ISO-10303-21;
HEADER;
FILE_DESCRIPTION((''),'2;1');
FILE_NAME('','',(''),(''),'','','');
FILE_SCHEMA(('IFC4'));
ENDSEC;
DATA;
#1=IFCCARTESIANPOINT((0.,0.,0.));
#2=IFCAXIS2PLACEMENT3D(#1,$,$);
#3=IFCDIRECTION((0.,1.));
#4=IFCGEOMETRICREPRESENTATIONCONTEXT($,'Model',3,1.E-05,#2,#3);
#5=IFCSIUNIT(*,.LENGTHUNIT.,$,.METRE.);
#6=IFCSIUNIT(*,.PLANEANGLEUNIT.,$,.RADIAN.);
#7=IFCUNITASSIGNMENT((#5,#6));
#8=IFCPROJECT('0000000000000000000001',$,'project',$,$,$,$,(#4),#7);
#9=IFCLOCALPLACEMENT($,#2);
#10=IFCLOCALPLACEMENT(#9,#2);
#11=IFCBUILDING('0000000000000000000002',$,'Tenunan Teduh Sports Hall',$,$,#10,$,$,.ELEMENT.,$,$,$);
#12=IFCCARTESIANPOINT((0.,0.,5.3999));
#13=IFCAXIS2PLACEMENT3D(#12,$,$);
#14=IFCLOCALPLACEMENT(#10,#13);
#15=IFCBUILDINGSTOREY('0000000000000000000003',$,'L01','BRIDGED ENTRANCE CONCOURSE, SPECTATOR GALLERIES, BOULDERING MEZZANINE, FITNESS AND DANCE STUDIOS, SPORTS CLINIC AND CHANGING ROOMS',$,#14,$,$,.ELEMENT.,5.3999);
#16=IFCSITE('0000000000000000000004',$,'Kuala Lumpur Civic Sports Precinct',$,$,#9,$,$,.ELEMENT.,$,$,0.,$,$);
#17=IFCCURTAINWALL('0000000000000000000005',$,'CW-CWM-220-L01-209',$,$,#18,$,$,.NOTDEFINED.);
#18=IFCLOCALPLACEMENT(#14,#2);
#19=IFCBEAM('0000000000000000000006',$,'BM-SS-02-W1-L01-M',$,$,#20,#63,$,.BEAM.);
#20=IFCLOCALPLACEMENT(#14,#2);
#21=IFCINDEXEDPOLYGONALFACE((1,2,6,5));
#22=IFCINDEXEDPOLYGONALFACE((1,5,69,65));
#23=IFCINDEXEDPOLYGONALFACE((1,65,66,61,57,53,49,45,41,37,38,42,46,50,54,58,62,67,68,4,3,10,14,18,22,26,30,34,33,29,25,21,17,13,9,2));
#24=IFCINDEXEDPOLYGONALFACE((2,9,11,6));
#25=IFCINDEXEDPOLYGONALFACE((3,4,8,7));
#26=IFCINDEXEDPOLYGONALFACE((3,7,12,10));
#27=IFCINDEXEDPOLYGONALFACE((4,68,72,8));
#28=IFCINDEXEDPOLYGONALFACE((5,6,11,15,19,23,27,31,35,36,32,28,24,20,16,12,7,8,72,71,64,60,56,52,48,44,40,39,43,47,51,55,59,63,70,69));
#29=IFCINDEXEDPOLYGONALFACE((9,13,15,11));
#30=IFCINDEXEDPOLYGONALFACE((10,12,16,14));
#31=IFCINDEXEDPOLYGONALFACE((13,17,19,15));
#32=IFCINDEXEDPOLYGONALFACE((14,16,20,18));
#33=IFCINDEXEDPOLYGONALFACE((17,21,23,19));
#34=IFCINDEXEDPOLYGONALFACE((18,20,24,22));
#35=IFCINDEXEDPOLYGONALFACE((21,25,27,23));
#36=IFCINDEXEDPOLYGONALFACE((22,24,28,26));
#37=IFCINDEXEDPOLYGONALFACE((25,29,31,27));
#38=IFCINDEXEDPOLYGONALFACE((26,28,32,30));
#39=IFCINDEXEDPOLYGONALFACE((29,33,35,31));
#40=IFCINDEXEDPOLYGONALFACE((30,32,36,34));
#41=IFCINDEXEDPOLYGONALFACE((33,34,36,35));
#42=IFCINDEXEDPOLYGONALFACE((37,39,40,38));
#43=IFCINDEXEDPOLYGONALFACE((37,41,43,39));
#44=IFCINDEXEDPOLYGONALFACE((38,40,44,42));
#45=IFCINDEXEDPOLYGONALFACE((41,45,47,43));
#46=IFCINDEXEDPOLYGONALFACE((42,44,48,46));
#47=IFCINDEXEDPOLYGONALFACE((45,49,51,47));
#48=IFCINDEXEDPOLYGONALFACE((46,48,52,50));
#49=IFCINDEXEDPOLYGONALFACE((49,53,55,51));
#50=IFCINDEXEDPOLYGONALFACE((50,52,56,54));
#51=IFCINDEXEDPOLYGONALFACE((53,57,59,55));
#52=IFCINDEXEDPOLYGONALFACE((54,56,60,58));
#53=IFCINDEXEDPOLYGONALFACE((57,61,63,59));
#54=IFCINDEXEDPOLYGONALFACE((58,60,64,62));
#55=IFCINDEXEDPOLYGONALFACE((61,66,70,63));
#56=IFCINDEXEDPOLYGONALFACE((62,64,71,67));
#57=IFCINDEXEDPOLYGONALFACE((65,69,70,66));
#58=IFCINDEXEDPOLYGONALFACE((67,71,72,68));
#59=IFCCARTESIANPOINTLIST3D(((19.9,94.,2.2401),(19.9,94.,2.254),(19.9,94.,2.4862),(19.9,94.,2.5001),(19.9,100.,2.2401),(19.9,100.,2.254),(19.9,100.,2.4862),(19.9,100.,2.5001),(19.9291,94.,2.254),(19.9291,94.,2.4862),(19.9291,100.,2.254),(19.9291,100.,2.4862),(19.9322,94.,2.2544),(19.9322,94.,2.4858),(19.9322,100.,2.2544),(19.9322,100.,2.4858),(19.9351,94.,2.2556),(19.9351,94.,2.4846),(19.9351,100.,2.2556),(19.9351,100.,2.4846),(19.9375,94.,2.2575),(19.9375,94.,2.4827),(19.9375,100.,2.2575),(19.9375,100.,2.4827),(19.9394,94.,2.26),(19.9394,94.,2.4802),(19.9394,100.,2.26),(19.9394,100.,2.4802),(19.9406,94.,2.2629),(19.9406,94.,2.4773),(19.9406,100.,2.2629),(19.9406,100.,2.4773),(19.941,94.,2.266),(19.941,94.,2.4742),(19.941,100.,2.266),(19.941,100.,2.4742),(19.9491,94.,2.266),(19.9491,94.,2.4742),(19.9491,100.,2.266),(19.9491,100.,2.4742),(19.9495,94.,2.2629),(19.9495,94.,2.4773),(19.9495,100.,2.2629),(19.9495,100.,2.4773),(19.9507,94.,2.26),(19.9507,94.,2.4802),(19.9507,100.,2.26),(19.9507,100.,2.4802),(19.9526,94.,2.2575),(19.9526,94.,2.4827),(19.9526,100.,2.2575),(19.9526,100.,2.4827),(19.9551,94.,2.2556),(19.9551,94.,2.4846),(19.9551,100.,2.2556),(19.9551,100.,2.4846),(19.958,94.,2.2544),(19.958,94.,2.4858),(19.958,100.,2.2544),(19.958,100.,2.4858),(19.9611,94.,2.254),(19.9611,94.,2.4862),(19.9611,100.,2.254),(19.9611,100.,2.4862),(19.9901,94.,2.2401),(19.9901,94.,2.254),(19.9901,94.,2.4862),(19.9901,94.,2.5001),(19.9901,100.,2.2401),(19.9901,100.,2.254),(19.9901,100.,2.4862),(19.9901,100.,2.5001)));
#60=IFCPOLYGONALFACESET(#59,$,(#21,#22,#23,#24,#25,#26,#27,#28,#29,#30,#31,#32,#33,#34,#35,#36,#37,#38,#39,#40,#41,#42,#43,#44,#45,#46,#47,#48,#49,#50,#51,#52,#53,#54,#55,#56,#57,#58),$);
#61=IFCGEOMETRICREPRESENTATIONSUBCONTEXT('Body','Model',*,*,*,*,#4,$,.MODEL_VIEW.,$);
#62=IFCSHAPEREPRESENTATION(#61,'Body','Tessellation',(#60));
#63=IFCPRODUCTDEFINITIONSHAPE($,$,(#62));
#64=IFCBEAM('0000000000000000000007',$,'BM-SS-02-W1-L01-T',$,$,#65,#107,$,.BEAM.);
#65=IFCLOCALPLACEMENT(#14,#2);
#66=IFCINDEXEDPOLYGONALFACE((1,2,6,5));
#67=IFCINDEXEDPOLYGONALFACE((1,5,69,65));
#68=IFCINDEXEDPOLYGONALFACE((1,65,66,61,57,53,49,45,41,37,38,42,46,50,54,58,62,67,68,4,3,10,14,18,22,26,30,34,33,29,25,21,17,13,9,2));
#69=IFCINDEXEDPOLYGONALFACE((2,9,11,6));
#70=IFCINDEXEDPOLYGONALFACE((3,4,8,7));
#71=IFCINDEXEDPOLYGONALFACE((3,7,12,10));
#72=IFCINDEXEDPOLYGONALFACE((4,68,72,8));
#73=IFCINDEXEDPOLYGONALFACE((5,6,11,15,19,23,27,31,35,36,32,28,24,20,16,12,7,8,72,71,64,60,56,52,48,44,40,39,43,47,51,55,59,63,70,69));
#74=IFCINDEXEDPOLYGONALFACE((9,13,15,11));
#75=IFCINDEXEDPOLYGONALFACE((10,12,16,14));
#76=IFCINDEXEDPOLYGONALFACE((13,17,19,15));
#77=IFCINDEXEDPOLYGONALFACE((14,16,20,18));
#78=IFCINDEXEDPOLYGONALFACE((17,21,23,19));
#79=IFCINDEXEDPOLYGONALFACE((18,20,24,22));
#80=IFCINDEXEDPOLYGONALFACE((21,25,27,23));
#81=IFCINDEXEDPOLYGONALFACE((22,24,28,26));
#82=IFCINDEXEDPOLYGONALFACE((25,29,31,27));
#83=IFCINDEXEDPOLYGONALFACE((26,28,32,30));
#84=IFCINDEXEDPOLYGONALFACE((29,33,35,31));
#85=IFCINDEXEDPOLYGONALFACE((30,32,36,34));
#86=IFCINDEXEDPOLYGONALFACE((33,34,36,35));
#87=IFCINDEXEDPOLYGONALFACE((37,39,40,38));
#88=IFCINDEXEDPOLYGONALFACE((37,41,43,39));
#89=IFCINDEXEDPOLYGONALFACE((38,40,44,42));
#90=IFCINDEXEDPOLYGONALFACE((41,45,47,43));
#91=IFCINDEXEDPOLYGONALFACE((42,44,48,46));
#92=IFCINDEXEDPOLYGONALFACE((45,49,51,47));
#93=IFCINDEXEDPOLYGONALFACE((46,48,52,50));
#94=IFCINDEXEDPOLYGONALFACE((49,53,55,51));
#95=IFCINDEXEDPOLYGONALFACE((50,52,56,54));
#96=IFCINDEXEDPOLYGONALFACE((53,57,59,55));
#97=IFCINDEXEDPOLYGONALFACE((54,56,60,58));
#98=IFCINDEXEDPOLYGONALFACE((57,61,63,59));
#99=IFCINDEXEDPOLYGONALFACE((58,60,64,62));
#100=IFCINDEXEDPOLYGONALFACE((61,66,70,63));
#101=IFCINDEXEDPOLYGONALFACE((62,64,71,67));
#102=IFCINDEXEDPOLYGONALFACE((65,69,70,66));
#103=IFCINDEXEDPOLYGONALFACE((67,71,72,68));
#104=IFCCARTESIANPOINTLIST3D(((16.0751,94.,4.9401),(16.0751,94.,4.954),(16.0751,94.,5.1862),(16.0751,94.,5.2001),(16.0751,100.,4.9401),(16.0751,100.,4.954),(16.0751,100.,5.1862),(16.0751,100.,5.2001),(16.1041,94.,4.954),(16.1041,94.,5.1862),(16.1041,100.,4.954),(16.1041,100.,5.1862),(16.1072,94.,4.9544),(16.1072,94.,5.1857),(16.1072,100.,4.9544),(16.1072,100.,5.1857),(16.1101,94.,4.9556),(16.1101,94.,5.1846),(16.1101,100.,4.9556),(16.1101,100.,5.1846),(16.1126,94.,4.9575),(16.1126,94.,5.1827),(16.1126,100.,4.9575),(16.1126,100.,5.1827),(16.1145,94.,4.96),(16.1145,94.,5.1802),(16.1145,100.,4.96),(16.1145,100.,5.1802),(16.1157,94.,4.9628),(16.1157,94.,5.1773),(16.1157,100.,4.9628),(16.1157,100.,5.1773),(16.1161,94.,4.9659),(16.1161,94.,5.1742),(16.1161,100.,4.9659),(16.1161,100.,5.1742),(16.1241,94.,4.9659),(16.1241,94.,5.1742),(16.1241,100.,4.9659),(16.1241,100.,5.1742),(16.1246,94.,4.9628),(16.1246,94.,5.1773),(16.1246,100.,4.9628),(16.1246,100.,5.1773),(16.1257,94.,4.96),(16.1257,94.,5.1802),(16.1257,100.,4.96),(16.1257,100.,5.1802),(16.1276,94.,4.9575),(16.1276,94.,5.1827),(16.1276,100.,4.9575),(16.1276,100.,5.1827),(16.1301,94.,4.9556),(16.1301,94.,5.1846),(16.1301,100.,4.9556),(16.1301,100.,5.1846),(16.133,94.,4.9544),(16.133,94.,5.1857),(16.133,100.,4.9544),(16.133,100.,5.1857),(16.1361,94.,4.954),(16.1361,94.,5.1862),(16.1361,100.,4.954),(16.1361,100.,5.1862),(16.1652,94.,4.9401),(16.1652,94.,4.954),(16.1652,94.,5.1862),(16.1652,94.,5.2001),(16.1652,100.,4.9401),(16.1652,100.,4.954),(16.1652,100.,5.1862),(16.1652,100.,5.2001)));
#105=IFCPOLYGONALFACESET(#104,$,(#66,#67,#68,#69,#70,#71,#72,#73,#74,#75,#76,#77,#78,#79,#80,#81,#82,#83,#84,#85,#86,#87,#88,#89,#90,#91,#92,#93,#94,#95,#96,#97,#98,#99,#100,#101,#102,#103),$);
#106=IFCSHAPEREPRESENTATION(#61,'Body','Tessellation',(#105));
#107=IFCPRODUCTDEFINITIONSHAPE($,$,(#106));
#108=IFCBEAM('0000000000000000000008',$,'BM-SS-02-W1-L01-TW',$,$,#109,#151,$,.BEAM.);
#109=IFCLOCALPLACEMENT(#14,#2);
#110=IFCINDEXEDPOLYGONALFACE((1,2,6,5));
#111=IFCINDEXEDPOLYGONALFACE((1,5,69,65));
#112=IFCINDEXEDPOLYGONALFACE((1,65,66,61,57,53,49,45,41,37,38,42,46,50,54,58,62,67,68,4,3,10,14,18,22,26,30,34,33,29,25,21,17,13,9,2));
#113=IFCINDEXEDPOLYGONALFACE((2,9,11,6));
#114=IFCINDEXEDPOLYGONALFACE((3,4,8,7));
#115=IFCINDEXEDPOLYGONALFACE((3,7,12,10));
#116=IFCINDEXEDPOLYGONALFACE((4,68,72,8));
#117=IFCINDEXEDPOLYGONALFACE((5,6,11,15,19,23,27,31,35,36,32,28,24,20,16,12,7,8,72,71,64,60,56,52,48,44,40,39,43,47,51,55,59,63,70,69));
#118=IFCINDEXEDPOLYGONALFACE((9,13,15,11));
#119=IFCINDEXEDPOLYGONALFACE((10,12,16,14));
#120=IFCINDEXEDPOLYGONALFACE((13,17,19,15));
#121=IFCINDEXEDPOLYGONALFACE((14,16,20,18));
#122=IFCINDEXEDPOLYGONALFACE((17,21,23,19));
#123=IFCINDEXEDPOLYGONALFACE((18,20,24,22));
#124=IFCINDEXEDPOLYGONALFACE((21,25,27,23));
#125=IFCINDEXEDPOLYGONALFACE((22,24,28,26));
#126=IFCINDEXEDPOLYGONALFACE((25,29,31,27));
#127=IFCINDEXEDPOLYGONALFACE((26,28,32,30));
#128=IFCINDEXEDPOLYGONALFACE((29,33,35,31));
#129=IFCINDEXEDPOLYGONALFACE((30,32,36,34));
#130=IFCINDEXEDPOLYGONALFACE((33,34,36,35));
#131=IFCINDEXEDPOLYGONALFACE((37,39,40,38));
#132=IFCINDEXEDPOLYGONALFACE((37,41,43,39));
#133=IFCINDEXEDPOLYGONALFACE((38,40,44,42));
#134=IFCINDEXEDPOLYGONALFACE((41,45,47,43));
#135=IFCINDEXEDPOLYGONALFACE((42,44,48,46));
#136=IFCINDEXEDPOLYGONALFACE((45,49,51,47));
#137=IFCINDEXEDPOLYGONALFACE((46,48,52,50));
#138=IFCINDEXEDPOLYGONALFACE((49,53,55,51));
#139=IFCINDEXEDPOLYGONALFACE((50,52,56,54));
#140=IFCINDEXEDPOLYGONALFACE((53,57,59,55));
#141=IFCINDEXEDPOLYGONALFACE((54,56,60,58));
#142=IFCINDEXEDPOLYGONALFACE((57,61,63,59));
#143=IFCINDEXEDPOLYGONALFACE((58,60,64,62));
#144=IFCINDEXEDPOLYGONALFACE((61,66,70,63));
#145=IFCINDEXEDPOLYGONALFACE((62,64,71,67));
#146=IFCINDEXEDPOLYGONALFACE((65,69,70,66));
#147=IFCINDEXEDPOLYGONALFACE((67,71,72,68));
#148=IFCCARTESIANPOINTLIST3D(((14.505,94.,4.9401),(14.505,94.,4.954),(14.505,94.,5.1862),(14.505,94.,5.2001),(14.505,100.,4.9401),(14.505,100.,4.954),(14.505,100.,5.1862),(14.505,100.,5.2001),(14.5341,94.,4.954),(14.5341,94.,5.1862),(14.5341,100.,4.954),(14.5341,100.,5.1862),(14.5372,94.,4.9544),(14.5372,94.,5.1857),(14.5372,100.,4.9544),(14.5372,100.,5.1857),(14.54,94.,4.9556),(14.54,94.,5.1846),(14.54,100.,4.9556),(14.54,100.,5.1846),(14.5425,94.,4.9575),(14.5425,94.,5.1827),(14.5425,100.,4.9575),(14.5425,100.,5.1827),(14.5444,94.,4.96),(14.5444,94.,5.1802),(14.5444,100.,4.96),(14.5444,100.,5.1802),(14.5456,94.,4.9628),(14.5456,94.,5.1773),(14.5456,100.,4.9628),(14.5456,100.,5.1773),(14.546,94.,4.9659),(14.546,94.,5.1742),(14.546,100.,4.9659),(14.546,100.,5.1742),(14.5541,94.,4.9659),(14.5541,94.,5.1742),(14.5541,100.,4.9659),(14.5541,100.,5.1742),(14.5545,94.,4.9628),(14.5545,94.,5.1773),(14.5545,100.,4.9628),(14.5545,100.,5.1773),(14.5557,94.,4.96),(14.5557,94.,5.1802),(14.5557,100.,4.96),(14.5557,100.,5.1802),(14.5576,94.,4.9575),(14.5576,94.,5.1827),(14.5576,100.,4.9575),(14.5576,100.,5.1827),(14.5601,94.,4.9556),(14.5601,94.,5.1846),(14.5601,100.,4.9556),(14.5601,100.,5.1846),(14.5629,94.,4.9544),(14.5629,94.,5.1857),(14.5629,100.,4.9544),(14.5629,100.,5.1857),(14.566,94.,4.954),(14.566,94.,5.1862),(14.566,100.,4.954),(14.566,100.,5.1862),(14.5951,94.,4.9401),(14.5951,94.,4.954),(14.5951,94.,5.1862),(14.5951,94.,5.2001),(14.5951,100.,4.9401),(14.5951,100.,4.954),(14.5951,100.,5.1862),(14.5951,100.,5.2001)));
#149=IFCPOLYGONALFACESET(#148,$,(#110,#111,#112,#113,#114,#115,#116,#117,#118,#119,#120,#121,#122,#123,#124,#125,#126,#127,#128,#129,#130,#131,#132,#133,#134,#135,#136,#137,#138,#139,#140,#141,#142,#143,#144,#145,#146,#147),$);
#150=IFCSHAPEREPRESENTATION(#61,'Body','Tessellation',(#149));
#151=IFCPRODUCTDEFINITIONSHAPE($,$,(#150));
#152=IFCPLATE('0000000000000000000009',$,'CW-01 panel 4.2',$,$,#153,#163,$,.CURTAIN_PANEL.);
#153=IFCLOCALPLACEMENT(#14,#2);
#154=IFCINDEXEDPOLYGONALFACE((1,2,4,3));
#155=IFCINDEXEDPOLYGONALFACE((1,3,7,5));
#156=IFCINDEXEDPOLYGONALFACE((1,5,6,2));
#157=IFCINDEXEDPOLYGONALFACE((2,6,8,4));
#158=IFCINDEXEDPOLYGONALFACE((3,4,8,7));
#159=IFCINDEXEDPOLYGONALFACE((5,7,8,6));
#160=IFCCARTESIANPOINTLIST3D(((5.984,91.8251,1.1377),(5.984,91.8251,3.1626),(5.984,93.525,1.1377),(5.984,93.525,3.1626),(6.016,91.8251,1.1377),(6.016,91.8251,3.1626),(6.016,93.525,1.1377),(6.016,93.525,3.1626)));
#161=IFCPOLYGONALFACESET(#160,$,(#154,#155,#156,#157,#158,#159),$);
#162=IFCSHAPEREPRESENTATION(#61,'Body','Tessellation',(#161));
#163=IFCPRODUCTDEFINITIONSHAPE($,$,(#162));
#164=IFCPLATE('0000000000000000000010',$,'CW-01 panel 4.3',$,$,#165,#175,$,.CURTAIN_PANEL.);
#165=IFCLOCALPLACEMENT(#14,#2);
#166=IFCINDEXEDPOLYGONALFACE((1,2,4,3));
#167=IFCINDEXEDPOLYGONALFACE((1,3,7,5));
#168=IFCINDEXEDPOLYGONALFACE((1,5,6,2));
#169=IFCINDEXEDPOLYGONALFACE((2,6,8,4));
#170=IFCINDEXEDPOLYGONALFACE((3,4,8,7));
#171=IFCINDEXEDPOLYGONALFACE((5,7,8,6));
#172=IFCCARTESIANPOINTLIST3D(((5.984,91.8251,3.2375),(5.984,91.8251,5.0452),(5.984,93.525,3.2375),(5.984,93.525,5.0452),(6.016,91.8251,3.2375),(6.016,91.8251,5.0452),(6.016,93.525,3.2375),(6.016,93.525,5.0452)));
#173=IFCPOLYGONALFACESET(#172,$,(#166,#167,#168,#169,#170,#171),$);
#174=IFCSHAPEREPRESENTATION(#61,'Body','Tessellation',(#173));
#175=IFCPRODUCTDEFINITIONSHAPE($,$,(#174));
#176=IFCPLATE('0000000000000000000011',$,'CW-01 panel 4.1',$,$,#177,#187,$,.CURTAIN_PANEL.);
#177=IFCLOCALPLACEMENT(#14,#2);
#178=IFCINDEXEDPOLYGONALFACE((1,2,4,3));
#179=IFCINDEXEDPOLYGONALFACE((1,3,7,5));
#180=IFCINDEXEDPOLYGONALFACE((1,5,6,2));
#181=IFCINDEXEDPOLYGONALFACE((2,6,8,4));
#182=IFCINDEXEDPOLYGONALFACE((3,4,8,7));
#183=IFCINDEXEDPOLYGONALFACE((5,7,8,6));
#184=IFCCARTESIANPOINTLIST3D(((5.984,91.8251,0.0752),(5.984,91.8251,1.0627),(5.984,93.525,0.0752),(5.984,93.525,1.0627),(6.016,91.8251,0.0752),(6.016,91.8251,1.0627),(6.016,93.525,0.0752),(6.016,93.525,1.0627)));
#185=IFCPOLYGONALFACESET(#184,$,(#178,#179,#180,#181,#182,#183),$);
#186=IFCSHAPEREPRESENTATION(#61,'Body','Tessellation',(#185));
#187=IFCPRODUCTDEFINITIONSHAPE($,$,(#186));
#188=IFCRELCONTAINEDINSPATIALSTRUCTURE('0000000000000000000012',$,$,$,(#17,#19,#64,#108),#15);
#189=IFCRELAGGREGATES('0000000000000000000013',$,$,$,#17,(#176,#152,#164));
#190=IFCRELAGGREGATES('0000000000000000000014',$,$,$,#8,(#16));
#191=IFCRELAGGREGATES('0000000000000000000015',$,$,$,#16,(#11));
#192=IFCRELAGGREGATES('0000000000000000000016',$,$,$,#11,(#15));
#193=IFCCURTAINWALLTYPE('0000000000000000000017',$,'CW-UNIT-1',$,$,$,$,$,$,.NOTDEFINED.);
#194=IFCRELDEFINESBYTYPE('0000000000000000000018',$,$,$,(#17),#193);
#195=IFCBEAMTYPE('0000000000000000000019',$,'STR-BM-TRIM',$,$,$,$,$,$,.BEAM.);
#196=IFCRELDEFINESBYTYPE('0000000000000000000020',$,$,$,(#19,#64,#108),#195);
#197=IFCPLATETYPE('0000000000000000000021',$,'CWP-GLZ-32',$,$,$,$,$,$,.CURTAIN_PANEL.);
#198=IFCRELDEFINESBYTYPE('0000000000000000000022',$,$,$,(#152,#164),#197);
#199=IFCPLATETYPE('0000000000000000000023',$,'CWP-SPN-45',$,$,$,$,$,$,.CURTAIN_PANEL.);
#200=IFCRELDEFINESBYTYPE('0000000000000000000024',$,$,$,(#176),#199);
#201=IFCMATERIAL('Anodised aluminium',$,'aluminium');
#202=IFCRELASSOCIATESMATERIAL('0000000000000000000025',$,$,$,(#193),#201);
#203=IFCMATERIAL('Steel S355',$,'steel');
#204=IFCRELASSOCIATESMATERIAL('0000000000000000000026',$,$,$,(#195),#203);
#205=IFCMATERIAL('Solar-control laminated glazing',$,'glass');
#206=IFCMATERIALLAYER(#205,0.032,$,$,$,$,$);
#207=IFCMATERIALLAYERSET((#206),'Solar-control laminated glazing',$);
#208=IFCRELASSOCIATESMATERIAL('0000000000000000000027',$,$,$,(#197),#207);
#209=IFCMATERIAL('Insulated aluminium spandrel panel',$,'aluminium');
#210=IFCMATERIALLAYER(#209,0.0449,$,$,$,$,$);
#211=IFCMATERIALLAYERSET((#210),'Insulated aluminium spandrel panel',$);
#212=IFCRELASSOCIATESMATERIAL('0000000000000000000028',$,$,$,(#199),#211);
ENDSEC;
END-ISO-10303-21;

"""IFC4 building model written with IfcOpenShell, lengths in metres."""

from ifc_helpers import new_model, si_unit, direction, frame, origin, origin_2d, place, context, subcontext, project, spatial, rectangle, i_section, extrude, material, layer, layer_set, material_profile, profile_set, type_object, element, aggregate, save


model = new_model("IFC4")

# Units and contexts
model_context = context("Model", 3, precision=1e-05, world=origin(), true_north=direction((0.0, 1.0)))
body_context = subcontext(model_context, "Body", "Model", "MODEL_VIEW")
ifc_project = project(units=[si_unit("LENGTHUNIT", "METRE"), si_unit("PLANEANGLEUNIT", "RADIAN")], contexts=[model_context])

# Site, building, storey
site_placement = place(None, origin())
site = spatial("IfcSite", under=ifc_project, at=site_placement, Name="Kuala Lumpur Civic Sports Precinct", CompositionType="ELEMENT", RefElevation=0.0)
building_placement = place(site_placement, origin())
building = spatial("IfcBuilding", under=site, at=building_placement, Name="Tenunan Teduh Sports Hall", CompositionType="ELEMENT")
storey_placement = place(building_placement, frame((0.0, 0.0, 5.3999)))
storey = spatial("IfcBuildingStorey", under=building, at=storey_placement, Name="L01", Description="BRIDGED ENTRANCE CONCOURSE, SPECTATOR GALLERIES, BOULDERING MEZZANINE, FITNESS AND DANCE STUDIOS, SPORTS CLINIC AND CHANGING ROOMS", CompositionType="ELEMENT", Elevation=5.3999)

# Curtain wall
ifc_material_1 = material(Name="Anodised aluminium", Category="aluminium")
curtain_wall_type = type_object("IfcCurtainWallType", Name="CW-UNIT-1", PredefinedType="NOTDEFINED", material=ifc_material_1)
curtain_wall_placement = place(storey_placement, origin())
curtain_wall = element("IfcCurtainWall", 1, at=curtain_wall_placement, inside=storey, type_object=curtain_wall_type, Name="CW-CWM-220-L01-209", PredefinedType="NOTDEFINED")

# Beams
ifc_material_2 = material(Name="Steel S355", Category="steel")
ifc_material_profile_1 = material_profile(ifc_material_2, i_section(OverallWidth=0.0901, OverallDepth=0.26, WebThickness=0.0081, FlangeThickness=0.0139, FilletRadius=0.012, at=origin_2d()), Name="PFC 260x90")
ifc_profile_set_1 = profile_set([ifc_material_profile_1], Name="Steel S355")
beam_type_1 = type_object("IfcBeamType", Name="STR-BM-TRIM", PredefinedType="BEAM", material=ifc_profile_set_1)
for number, where, z_axis, x_axis, name in (
    (2, (19.9451, 94.0, 2.3701), (0.0, 1.0, 0.0), (-1.0, 0.0, 0.0), "BM-SS-02-W1-L01-M"),
    (3, (16.1201, 94.0, 5.0701), (0.0, 1.0, 0.0), (-1.0, 0.0, 0.0), "BM-SS-02-W1-L01-T"),
    (4, (14.55, 94.0, 5.0701), (0.0, 1.0, 0.0), (-1.0, 0.0, 0.0), "BM-SS-02-W1-L01-TW"),
):
    element("IfcBeam", number, at=place(storey_placement, frame(where, z_axis=z_axis, x_axis=x_axis)), inside=storey, type_object=beam_type_1, Name=name, PredefinedType="BEAM", context=body_context, shape_type="SweptSolid", body=[
        extrude(i_section(OverallWidth=0.0901, OverallDepth=0.26, WebThickness=0.0081, FlangeThickness=0.0139, FilletRadius=0.012, at=origin_2d()), origin(), (0.0, 0.0, 1.0), 6.0),
    ])

# Plates
ifc_material_3 = material(Name="Solar-control laminated glazing", Category="glass")
ifc_layer_1 = layer(ifc_material_3, 0.032)
ifc_layer_set_1 = layer_set([ifc_layer_1], Name="Solar-control laminated glazing")
plate_type_1 = type_object("IfcPlateType", Name="CWP-GLZ-32", PredefinedType="CURTAIN_PANEL", material=ifc_layer_set_1)
plate_1_placement = place(storey_placement, frame((6.0, 92.675, 1.1377), z_axis=(0.0, 0.0, 1.0), x_axis=(0.0, 1.0, 0.0)))
plate_1 = element("IfcPlate", 5, at=plate_1_placement, type_object=plate_type_1, Name="CW-01 panel 4.2", PredefinedType="CURTAIN_PANEL", context=body_context, shape_type="SweptSolid", body=[
    extrude(rectangle(XDim=1.7, YDim=0.032, at=origin_2d()), origin(), (0.0, 0.0, 1.0), 2.0249),
])
plate_2_placement = place(storey_placement, frame((6.0, 92.675, 3.2375), z_axis=(0.0, 0.0, 1.0), x_axis=(0.0, 1.0, 0.0)))
plate_2 = element("IfcPlate", 6, at=plate_2_placement, type_object=plate_type_1, Name="CW-01 panel 4.3", PredefinedType="CURTAIN_PANEL", context=body_context, shape_type="SweptSolid", body=[
    extrude(rectangle(XDim=1.7, YDim=0.032, at=origin_2d()), origin(), (0.0, 0.0, 1.0), 1.8076),
])
ifc_material_4 = material(Name="Insulated aluminium spandrel panel", Category="aluminium")
ifc_layer_2 = layer(ifc_material_4, 0.0449)
ifc_layer_set_2 = layer_set([ifc_layer_2], Name="Insulated aluminium spandrel panel")
plate_type_2 = type_object("IfcPlateType", Name="CWP-SPN-45", PredefinedType="CURTAIN_PANEL", material=ifc_layer_set_2)
plate_3_placement = place(storey_placement, frame((6.0, 92.675, 0.0752), z_axis=(0.0, 0.0, 1.0), x_axis=(0.0, 1.0, 0.0)))
plate_3 = element("IfcPlate", 7, at=plate_3_placement, type_object=plate_type_2, Name="CW-01 panel 4.1", PredefinedType="CURTAIN_PANEL", context=body_context, shape_type="SweptSolid", body=[
    extrude(rectangle(XDim=1.7, YDim=0.032, at=origin_2d()), origin(), (0.0, 0.0, 1.0), 0.9875),
])
aggregate(curtain_wall, [plate_3, plate_1, plate_2])

save(model, "model.ifc")
